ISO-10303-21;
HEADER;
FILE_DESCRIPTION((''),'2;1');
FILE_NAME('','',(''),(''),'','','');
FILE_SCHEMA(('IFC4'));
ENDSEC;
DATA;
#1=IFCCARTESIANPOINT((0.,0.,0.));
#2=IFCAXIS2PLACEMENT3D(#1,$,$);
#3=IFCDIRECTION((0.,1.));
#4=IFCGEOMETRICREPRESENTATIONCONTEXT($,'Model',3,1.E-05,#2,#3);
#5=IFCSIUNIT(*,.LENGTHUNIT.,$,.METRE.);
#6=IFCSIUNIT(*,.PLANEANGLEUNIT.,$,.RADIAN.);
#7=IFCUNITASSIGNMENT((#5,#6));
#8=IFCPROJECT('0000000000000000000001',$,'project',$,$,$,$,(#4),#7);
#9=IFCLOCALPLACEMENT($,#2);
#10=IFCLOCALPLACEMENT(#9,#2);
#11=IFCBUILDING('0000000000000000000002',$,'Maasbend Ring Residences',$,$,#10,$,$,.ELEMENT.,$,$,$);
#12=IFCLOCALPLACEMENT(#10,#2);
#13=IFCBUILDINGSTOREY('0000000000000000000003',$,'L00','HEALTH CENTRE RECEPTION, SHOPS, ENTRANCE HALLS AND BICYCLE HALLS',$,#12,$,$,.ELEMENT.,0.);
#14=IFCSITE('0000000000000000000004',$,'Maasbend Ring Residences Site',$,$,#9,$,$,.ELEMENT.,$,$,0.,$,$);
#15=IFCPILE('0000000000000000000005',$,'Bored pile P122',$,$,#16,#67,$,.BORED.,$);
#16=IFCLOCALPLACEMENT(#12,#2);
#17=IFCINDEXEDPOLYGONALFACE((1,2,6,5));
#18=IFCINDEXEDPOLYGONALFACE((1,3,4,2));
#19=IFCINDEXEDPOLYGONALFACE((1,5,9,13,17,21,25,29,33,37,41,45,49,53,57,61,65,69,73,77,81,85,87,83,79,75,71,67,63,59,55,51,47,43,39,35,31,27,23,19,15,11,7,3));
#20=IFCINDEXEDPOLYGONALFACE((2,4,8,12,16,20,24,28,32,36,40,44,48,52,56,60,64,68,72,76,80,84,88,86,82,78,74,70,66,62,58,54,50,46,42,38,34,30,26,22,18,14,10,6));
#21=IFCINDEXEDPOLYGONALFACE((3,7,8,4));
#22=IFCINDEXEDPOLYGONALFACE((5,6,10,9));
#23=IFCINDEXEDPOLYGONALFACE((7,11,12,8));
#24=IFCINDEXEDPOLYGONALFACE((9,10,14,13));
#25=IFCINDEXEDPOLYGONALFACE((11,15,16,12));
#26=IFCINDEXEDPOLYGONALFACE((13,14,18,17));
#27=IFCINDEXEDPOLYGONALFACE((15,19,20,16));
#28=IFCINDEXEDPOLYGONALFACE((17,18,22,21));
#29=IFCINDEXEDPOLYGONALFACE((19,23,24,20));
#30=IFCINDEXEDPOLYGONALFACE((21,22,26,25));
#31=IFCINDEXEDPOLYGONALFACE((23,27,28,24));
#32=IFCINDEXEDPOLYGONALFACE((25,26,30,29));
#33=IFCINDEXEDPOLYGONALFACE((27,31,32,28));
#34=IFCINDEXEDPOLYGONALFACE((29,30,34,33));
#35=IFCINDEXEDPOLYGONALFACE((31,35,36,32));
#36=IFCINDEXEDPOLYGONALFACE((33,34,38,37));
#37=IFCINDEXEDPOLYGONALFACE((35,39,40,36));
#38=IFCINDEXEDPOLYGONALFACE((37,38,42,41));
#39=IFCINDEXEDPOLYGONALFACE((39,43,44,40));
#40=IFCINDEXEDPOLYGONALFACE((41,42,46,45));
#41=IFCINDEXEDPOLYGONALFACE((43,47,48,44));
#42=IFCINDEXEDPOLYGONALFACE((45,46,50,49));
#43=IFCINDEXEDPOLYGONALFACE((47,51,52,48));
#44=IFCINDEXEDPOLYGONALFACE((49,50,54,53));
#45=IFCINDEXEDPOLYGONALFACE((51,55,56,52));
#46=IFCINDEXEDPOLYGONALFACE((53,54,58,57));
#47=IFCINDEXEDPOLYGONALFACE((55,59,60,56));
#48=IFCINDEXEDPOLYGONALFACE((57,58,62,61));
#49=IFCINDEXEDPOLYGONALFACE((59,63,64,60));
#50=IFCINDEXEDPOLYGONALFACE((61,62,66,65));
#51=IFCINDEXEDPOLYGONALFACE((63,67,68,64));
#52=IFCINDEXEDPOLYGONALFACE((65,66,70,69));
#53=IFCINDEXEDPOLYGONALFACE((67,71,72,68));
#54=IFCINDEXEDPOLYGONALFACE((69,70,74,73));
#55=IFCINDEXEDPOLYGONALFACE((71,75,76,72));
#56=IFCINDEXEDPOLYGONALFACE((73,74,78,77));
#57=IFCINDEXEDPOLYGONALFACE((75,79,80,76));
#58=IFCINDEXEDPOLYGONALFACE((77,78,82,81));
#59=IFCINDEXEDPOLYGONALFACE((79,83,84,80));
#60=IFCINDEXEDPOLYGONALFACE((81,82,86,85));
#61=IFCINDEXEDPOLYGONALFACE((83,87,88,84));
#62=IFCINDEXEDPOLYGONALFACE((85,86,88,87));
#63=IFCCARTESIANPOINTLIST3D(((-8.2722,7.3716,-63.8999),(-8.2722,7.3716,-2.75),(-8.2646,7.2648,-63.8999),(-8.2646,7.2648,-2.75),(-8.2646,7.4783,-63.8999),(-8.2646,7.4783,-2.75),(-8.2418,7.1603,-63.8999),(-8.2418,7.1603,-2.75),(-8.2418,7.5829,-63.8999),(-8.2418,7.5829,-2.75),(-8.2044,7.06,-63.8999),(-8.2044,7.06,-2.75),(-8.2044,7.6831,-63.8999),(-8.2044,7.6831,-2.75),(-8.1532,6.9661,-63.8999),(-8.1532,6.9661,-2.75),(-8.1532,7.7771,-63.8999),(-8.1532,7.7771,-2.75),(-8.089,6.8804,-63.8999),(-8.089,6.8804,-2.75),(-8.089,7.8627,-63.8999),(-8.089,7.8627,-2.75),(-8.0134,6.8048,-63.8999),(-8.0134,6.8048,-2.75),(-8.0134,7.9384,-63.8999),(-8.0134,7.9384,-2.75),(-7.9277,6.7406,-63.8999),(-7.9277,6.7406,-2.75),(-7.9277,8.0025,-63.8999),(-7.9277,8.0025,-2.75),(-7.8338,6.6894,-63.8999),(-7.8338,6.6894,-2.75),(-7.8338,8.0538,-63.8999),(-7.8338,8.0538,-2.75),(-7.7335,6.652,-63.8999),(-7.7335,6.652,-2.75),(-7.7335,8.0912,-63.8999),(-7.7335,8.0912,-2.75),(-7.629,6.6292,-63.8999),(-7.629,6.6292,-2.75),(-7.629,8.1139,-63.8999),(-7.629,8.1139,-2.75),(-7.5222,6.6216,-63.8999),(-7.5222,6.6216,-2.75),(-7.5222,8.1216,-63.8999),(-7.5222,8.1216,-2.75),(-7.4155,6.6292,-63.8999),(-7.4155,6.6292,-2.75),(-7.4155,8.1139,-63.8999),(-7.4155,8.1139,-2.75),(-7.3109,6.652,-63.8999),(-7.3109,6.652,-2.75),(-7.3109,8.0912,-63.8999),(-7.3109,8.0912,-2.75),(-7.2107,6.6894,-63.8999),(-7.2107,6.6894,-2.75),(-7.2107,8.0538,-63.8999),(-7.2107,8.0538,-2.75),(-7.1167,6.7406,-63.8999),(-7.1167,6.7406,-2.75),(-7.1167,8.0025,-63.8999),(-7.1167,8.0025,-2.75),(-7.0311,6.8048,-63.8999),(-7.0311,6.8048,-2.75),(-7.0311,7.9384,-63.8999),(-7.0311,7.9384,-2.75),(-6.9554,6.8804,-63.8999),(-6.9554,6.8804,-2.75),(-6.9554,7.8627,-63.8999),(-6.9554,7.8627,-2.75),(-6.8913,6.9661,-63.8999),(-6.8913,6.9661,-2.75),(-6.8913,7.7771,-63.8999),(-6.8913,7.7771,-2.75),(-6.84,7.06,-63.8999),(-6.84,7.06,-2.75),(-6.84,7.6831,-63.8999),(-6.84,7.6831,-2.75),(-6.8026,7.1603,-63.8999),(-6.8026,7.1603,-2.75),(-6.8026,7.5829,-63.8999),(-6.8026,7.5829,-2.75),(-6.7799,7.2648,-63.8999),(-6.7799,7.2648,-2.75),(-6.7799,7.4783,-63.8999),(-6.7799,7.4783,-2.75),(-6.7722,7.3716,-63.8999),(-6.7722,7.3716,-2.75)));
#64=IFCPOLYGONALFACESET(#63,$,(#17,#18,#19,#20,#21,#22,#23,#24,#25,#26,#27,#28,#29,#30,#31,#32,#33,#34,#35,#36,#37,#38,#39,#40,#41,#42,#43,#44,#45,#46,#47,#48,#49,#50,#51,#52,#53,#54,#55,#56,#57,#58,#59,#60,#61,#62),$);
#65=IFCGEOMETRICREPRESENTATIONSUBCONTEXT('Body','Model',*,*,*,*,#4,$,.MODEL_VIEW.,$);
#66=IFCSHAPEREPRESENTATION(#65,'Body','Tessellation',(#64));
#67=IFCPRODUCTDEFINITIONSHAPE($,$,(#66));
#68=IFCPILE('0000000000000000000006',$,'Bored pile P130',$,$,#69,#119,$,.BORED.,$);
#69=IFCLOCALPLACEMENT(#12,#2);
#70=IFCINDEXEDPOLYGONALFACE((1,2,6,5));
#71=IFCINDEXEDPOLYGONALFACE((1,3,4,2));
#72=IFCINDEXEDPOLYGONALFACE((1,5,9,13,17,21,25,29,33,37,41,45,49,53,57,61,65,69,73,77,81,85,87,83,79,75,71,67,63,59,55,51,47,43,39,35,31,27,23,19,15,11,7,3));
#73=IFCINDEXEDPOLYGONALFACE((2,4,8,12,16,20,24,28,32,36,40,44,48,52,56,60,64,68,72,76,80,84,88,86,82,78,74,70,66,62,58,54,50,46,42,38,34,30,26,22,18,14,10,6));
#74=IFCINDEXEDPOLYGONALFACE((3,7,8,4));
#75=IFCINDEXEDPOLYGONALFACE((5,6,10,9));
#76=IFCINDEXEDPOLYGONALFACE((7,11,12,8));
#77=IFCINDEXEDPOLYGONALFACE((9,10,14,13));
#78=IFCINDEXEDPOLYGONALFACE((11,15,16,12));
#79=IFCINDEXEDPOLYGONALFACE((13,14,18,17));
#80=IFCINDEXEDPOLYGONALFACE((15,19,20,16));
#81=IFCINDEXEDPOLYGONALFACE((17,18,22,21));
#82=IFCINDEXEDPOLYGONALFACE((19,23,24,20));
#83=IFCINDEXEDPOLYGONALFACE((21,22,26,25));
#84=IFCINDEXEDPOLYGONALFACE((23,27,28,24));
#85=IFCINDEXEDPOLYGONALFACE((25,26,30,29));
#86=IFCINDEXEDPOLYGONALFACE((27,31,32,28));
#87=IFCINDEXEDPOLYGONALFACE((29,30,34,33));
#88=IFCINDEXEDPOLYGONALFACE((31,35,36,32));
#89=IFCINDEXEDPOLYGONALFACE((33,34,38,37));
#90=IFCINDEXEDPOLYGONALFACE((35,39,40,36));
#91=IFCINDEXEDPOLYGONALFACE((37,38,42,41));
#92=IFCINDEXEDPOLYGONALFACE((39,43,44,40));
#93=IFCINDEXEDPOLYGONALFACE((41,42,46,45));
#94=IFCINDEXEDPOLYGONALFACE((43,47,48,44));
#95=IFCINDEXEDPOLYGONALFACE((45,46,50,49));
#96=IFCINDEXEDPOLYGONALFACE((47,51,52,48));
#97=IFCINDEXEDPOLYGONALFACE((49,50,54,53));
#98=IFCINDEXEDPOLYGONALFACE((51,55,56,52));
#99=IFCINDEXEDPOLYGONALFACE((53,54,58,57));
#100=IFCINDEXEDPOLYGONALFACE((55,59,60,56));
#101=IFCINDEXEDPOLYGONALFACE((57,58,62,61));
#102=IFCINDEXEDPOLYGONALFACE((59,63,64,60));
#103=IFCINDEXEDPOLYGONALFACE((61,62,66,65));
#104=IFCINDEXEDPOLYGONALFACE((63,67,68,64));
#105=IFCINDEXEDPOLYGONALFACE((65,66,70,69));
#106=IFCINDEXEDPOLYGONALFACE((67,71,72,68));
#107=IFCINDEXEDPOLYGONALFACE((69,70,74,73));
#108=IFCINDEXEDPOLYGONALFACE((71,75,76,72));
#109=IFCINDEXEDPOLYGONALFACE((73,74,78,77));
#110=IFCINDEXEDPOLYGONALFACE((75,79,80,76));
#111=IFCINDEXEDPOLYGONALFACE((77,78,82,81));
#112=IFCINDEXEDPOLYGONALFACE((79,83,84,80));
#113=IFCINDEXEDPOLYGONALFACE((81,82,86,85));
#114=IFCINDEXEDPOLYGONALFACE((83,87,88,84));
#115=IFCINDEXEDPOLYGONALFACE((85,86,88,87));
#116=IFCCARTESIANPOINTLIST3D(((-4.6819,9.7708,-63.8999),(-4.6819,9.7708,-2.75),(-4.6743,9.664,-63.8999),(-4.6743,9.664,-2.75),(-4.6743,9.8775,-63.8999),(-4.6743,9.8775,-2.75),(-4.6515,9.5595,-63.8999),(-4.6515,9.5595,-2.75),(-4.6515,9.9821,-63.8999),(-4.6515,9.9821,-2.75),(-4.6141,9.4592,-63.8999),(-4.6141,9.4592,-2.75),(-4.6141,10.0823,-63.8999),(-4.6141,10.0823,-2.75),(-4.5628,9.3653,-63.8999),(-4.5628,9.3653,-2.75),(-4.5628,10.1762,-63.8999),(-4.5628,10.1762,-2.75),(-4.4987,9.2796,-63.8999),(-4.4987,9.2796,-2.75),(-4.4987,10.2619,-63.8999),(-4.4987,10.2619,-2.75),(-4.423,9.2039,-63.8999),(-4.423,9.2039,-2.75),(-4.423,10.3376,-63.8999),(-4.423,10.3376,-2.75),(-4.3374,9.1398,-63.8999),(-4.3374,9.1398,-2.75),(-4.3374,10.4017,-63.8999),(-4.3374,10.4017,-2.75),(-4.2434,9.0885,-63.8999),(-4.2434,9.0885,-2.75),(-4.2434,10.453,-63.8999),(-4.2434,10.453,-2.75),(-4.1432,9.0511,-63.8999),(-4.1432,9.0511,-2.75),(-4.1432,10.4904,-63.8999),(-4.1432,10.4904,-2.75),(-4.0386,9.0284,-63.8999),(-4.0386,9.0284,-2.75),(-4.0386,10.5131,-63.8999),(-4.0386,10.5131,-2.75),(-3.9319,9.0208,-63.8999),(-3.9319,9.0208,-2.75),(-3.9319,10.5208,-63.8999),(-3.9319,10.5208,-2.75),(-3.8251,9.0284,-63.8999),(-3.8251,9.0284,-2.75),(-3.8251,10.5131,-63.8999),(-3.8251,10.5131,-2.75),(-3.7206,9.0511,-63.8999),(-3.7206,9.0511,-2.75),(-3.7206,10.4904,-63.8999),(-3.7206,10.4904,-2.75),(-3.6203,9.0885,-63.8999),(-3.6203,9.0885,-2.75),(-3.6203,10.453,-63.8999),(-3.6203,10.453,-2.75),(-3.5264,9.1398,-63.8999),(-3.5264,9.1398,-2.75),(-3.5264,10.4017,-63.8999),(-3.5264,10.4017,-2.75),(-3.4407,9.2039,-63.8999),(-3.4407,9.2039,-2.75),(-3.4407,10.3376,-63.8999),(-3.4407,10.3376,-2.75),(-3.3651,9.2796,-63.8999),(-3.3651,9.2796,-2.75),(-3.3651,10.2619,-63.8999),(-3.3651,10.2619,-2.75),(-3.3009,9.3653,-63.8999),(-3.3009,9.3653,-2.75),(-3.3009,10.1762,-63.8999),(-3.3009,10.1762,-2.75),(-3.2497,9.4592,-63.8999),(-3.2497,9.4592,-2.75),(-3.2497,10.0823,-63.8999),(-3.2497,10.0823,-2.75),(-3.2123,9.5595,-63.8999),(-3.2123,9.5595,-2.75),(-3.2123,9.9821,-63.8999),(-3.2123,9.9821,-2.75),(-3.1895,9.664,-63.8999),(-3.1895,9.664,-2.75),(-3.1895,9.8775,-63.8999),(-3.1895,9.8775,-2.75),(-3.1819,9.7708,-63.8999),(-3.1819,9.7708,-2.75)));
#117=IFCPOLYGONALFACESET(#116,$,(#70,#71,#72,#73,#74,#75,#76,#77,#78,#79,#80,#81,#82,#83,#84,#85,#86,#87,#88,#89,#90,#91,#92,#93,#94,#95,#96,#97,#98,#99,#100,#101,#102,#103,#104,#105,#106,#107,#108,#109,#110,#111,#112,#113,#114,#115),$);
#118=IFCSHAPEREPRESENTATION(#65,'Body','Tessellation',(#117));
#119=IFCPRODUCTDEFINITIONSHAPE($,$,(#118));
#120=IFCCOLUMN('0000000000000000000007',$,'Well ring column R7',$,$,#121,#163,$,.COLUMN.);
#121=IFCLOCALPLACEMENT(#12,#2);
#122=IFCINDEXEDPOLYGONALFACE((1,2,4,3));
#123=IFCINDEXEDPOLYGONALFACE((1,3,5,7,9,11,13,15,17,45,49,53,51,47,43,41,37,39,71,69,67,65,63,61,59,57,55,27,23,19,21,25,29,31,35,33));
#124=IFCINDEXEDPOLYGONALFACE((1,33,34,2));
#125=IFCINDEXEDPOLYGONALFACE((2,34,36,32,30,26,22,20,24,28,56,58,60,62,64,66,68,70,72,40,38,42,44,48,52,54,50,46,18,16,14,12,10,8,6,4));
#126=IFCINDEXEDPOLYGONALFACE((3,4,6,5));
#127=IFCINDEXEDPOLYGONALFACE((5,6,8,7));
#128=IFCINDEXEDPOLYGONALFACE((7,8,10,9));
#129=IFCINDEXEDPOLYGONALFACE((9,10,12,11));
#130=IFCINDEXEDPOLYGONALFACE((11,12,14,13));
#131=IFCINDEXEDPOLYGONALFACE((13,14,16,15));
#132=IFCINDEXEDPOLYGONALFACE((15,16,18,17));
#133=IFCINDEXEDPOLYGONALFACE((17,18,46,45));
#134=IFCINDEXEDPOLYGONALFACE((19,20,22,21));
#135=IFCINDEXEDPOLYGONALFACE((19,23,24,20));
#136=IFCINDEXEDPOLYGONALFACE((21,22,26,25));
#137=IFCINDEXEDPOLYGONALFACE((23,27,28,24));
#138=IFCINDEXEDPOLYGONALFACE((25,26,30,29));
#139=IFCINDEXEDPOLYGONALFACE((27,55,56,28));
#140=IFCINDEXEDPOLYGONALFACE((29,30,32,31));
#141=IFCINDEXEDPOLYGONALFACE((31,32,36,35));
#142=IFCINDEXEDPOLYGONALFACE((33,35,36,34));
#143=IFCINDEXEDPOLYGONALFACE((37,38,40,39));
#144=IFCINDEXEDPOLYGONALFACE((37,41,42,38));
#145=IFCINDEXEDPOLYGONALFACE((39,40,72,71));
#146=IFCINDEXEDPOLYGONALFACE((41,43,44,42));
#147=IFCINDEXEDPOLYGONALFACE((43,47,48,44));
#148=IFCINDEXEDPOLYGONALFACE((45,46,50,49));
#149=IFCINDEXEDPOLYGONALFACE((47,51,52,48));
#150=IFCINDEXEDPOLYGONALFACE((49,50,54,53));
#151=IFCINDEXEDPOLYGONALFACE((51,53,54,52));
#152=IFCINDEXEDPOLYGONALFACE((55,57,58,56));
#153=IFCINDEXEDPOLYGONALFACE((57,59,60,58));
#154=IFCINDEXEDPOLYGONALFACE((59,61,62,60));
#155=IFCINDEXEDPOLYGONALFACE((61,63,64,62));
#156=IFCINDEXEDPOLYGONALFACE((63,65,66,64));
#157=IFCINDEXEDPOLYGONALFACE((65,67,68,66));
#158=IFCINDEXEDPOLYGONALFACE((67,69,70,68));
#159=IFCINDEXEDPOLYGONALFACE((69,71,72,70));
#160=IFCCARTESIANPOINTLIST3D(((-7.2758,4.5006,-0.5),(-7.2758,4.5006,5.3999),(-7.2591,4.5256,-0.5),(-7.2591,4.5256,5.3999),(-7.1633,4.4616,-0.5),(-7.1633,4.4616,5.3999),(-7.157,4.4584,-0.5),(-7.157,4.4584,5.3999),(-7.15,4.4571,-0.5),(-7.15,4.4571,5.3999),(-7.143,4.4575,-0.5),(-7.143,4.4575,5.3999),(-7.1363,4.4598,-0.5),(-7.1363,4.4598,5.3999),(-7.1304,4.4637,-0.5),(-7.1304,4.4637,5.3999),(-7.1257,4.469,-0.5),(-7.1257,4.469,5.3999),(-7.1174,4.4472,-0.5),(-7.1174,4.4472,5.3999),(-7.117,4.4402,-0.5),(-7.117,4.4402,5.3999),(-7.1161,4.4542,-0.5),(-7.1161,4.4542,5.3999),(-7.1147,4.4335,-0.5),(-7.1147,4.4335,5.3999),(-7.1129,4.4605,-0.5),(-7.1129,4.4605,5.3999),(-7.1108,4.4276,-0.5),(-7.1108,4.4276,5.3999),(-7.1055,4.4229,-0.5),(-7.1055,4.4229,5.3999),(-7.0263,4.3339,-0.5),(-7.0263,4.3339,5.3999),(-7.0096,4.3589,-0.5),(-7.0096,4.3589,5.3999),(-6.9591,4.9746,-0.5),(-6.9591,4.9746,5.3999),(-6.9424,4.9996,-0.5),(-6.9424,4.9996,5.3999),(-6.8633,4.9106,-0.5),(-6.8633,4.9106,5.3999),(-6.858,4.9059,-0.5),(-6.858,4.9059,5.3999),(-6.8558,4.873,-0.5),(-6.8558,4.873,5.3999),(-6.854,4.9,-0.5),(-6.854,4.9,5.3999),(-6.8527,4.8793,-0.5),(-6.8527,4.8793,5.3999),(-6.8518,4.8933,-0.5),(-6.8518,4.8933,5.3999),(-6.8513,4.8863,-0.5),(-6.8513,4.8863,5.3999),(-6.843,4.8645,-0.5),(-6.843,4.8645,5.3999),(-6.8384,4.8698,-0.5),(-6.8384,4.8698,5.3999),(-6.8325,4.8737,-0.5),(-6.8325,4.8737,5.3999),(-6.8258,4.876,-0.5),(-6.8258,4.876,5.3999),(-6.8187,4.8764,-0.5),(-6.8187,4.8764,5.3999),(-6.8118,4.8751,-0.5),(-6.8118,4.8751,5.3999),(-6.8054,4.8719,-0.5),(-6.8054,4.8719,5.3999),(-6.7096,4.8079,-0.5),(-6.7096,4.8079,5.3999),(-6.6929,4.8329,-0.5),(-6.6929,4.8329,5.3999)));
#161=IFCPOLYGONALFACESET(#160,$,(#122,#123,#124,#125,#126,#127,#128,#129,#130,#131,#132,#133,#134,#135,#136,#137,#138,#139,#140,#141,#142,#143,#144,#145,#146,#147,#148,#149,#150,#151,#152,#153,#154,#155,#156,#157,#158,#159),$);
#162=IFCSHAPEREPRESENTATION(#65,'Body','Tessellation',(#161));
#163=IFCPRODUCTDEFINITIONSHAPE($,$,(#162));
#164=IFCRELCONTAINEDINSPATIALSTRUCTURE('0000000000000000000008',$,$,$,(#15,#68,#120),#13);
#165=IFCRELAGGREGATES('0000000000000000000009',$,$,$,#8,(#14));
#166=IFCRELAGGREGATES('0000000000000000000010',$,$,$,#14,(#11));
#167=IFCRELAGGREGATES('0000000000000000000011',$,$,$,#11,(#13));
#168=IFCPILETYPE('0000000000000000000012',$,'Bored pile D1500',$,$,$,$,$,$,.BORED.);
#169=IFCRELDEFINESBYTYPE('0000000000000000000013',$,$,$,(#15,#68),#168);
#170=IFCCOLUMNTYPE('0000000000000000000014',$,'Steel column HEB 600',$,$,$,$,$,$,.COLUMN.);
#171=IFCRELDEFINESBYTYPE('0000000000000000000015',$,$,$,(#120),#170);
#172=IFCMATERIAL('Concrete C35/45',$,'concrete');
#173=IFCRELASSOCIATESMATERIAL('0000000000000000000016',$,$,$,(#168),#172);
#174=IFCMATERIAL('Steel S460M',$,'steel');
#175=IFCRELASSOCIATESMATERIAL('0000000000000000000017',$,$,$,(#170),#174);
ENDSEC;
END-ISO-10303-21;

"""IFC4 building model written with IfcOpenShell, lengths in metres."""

from ifc_helpers import new_model, si_unit, direction, frame, origin, origin_2d, place, context, subcontext, project, spatial, circle, i_section, extrude, material, material_profile, profile_set, type_object, element, save


model = new_model("IFC4")

# Units and contexts
model_context = context("Model", 3, precision=1e-05, world=origin(), true_north=direction((0.0, 1.0)))
body_context = subcontext(model_context, "Body", "Model", "MODEL_VIEW")
ifc_project = project(units=[si_unit("LENGTHUNIT", "METRE"), si_unit("PLANEANGLEUNIT", "RADIAN")], contexts=[model_context])

# Site, building, storey
site_placement = place(None, origin())
site = spatial("IfcSite", under=ifc_project, at=site_placement, Name="Maasbend Ring Residences Site", CompositionType="ELEMENT", RefElevation=0.0)
building_placement = place(site_placement, origin())
building = spatial("IfcBuilding", under=site, at=building_placement, Name="Maasbend Ring Residences", CompositionType="ELEMENT")
storey_placement = place(building_placement, origin())
storey = spatial("IfcBuildingStorey", under=building, at=storey_placement, Name="L00", Description="HEALTH CENTRE RECEPTION, SHOPS, ENTRANCE HALLS AND BICYCLE HALLS", CompositionType="ELEMENT", Elevation=0.0)

# Piles
ifc_material_1 = material(Name="Concrete C35/45", Category="concrete")
ifc_material_profile_1 = material_profile(ifc_material_1, circle(Radius=0.75, at=origin_2d()), Name="Bored pile D1500")
ifc_profile_set_1 = profile_set([ifc_material_profile_1], Name="Concrete C35/45")
pile_type = type_object("IfcPileType", Name="Bored pile D1500", PredefinedType="BORED", material=ifc_profile_set_1)
for number, where, z_axis, x_axis, name in (
    (1, (-7.5222, 7.3716, -2.75), (0.0, 0.0, -1.0), (1.0, 0.0, 0.0), "Bored pile P122"),
    (2, (-3.9319, 9.7708, -2.75), (0.0, 0.0, -1.0), (1.0, 0.0, 0.0), "Bored pile P130"),
):
    element("IfcPile", number, at=place(storey_placement, frame(where, z_axis=z_axis, x_axis=x_axis)), inside=storey, type_object=pile_type, Name=name, PredefinedType="BORED", context=body_context, shape_type="SweptSolid", body=[
        extrude(circle(Radius=0.75, at=origin_2d()), origin(), (0.0, 0.0, 1.0), 61.1499),
    ])

# Column
ifc_material_2 = material(Name="Steel S460M", Category="steel")
ifc_material_profile_2 = material_profile(ifc_material_2, i_section(OverallWidth=0.3, OverallDepth=0.6001, WebThickness=0.0154, FlangeThickness=0.03, FilletRadius=0.0271, at=origin_2d()), Name="HEB 600")
ifc_profile_set_2 = profile_set([ifc_material_profile_2], Name="Steel S460M")
column_type = type_object("IfcColumnType", Name="Steel column HEB 600", PredefinedType="COLUMN", material=ifc_profile_set_2)
for number, where, z_axis, x_axis, name in (
    (3, (-6.9844, 4.6667, -0.5), (0.0, 0.0, 1.0), (-0.83147, 0.55557, 0.0), "Well ring column R7"),
):
    element("IfcColumn", number, at=place(storey_placement, frame(where, z_axis=z_axis, x_axis=x_axis)), inside=storey, type_object=column_type, Name=name, PredefinedType="COLUMN", context=body_context, shape_type="SweptSolid", body=[
        extrude(i_section(OverallWidth=0.3, OverallDepth=0.6001, WebThickness=0.0154, FlangeThickness=0.03, FilletRadius=0.0271, at=origin_2d()), origin(), (0.0, 0.0, 1.0), 5.8999),
    ])

save(model, "model.ifc")
